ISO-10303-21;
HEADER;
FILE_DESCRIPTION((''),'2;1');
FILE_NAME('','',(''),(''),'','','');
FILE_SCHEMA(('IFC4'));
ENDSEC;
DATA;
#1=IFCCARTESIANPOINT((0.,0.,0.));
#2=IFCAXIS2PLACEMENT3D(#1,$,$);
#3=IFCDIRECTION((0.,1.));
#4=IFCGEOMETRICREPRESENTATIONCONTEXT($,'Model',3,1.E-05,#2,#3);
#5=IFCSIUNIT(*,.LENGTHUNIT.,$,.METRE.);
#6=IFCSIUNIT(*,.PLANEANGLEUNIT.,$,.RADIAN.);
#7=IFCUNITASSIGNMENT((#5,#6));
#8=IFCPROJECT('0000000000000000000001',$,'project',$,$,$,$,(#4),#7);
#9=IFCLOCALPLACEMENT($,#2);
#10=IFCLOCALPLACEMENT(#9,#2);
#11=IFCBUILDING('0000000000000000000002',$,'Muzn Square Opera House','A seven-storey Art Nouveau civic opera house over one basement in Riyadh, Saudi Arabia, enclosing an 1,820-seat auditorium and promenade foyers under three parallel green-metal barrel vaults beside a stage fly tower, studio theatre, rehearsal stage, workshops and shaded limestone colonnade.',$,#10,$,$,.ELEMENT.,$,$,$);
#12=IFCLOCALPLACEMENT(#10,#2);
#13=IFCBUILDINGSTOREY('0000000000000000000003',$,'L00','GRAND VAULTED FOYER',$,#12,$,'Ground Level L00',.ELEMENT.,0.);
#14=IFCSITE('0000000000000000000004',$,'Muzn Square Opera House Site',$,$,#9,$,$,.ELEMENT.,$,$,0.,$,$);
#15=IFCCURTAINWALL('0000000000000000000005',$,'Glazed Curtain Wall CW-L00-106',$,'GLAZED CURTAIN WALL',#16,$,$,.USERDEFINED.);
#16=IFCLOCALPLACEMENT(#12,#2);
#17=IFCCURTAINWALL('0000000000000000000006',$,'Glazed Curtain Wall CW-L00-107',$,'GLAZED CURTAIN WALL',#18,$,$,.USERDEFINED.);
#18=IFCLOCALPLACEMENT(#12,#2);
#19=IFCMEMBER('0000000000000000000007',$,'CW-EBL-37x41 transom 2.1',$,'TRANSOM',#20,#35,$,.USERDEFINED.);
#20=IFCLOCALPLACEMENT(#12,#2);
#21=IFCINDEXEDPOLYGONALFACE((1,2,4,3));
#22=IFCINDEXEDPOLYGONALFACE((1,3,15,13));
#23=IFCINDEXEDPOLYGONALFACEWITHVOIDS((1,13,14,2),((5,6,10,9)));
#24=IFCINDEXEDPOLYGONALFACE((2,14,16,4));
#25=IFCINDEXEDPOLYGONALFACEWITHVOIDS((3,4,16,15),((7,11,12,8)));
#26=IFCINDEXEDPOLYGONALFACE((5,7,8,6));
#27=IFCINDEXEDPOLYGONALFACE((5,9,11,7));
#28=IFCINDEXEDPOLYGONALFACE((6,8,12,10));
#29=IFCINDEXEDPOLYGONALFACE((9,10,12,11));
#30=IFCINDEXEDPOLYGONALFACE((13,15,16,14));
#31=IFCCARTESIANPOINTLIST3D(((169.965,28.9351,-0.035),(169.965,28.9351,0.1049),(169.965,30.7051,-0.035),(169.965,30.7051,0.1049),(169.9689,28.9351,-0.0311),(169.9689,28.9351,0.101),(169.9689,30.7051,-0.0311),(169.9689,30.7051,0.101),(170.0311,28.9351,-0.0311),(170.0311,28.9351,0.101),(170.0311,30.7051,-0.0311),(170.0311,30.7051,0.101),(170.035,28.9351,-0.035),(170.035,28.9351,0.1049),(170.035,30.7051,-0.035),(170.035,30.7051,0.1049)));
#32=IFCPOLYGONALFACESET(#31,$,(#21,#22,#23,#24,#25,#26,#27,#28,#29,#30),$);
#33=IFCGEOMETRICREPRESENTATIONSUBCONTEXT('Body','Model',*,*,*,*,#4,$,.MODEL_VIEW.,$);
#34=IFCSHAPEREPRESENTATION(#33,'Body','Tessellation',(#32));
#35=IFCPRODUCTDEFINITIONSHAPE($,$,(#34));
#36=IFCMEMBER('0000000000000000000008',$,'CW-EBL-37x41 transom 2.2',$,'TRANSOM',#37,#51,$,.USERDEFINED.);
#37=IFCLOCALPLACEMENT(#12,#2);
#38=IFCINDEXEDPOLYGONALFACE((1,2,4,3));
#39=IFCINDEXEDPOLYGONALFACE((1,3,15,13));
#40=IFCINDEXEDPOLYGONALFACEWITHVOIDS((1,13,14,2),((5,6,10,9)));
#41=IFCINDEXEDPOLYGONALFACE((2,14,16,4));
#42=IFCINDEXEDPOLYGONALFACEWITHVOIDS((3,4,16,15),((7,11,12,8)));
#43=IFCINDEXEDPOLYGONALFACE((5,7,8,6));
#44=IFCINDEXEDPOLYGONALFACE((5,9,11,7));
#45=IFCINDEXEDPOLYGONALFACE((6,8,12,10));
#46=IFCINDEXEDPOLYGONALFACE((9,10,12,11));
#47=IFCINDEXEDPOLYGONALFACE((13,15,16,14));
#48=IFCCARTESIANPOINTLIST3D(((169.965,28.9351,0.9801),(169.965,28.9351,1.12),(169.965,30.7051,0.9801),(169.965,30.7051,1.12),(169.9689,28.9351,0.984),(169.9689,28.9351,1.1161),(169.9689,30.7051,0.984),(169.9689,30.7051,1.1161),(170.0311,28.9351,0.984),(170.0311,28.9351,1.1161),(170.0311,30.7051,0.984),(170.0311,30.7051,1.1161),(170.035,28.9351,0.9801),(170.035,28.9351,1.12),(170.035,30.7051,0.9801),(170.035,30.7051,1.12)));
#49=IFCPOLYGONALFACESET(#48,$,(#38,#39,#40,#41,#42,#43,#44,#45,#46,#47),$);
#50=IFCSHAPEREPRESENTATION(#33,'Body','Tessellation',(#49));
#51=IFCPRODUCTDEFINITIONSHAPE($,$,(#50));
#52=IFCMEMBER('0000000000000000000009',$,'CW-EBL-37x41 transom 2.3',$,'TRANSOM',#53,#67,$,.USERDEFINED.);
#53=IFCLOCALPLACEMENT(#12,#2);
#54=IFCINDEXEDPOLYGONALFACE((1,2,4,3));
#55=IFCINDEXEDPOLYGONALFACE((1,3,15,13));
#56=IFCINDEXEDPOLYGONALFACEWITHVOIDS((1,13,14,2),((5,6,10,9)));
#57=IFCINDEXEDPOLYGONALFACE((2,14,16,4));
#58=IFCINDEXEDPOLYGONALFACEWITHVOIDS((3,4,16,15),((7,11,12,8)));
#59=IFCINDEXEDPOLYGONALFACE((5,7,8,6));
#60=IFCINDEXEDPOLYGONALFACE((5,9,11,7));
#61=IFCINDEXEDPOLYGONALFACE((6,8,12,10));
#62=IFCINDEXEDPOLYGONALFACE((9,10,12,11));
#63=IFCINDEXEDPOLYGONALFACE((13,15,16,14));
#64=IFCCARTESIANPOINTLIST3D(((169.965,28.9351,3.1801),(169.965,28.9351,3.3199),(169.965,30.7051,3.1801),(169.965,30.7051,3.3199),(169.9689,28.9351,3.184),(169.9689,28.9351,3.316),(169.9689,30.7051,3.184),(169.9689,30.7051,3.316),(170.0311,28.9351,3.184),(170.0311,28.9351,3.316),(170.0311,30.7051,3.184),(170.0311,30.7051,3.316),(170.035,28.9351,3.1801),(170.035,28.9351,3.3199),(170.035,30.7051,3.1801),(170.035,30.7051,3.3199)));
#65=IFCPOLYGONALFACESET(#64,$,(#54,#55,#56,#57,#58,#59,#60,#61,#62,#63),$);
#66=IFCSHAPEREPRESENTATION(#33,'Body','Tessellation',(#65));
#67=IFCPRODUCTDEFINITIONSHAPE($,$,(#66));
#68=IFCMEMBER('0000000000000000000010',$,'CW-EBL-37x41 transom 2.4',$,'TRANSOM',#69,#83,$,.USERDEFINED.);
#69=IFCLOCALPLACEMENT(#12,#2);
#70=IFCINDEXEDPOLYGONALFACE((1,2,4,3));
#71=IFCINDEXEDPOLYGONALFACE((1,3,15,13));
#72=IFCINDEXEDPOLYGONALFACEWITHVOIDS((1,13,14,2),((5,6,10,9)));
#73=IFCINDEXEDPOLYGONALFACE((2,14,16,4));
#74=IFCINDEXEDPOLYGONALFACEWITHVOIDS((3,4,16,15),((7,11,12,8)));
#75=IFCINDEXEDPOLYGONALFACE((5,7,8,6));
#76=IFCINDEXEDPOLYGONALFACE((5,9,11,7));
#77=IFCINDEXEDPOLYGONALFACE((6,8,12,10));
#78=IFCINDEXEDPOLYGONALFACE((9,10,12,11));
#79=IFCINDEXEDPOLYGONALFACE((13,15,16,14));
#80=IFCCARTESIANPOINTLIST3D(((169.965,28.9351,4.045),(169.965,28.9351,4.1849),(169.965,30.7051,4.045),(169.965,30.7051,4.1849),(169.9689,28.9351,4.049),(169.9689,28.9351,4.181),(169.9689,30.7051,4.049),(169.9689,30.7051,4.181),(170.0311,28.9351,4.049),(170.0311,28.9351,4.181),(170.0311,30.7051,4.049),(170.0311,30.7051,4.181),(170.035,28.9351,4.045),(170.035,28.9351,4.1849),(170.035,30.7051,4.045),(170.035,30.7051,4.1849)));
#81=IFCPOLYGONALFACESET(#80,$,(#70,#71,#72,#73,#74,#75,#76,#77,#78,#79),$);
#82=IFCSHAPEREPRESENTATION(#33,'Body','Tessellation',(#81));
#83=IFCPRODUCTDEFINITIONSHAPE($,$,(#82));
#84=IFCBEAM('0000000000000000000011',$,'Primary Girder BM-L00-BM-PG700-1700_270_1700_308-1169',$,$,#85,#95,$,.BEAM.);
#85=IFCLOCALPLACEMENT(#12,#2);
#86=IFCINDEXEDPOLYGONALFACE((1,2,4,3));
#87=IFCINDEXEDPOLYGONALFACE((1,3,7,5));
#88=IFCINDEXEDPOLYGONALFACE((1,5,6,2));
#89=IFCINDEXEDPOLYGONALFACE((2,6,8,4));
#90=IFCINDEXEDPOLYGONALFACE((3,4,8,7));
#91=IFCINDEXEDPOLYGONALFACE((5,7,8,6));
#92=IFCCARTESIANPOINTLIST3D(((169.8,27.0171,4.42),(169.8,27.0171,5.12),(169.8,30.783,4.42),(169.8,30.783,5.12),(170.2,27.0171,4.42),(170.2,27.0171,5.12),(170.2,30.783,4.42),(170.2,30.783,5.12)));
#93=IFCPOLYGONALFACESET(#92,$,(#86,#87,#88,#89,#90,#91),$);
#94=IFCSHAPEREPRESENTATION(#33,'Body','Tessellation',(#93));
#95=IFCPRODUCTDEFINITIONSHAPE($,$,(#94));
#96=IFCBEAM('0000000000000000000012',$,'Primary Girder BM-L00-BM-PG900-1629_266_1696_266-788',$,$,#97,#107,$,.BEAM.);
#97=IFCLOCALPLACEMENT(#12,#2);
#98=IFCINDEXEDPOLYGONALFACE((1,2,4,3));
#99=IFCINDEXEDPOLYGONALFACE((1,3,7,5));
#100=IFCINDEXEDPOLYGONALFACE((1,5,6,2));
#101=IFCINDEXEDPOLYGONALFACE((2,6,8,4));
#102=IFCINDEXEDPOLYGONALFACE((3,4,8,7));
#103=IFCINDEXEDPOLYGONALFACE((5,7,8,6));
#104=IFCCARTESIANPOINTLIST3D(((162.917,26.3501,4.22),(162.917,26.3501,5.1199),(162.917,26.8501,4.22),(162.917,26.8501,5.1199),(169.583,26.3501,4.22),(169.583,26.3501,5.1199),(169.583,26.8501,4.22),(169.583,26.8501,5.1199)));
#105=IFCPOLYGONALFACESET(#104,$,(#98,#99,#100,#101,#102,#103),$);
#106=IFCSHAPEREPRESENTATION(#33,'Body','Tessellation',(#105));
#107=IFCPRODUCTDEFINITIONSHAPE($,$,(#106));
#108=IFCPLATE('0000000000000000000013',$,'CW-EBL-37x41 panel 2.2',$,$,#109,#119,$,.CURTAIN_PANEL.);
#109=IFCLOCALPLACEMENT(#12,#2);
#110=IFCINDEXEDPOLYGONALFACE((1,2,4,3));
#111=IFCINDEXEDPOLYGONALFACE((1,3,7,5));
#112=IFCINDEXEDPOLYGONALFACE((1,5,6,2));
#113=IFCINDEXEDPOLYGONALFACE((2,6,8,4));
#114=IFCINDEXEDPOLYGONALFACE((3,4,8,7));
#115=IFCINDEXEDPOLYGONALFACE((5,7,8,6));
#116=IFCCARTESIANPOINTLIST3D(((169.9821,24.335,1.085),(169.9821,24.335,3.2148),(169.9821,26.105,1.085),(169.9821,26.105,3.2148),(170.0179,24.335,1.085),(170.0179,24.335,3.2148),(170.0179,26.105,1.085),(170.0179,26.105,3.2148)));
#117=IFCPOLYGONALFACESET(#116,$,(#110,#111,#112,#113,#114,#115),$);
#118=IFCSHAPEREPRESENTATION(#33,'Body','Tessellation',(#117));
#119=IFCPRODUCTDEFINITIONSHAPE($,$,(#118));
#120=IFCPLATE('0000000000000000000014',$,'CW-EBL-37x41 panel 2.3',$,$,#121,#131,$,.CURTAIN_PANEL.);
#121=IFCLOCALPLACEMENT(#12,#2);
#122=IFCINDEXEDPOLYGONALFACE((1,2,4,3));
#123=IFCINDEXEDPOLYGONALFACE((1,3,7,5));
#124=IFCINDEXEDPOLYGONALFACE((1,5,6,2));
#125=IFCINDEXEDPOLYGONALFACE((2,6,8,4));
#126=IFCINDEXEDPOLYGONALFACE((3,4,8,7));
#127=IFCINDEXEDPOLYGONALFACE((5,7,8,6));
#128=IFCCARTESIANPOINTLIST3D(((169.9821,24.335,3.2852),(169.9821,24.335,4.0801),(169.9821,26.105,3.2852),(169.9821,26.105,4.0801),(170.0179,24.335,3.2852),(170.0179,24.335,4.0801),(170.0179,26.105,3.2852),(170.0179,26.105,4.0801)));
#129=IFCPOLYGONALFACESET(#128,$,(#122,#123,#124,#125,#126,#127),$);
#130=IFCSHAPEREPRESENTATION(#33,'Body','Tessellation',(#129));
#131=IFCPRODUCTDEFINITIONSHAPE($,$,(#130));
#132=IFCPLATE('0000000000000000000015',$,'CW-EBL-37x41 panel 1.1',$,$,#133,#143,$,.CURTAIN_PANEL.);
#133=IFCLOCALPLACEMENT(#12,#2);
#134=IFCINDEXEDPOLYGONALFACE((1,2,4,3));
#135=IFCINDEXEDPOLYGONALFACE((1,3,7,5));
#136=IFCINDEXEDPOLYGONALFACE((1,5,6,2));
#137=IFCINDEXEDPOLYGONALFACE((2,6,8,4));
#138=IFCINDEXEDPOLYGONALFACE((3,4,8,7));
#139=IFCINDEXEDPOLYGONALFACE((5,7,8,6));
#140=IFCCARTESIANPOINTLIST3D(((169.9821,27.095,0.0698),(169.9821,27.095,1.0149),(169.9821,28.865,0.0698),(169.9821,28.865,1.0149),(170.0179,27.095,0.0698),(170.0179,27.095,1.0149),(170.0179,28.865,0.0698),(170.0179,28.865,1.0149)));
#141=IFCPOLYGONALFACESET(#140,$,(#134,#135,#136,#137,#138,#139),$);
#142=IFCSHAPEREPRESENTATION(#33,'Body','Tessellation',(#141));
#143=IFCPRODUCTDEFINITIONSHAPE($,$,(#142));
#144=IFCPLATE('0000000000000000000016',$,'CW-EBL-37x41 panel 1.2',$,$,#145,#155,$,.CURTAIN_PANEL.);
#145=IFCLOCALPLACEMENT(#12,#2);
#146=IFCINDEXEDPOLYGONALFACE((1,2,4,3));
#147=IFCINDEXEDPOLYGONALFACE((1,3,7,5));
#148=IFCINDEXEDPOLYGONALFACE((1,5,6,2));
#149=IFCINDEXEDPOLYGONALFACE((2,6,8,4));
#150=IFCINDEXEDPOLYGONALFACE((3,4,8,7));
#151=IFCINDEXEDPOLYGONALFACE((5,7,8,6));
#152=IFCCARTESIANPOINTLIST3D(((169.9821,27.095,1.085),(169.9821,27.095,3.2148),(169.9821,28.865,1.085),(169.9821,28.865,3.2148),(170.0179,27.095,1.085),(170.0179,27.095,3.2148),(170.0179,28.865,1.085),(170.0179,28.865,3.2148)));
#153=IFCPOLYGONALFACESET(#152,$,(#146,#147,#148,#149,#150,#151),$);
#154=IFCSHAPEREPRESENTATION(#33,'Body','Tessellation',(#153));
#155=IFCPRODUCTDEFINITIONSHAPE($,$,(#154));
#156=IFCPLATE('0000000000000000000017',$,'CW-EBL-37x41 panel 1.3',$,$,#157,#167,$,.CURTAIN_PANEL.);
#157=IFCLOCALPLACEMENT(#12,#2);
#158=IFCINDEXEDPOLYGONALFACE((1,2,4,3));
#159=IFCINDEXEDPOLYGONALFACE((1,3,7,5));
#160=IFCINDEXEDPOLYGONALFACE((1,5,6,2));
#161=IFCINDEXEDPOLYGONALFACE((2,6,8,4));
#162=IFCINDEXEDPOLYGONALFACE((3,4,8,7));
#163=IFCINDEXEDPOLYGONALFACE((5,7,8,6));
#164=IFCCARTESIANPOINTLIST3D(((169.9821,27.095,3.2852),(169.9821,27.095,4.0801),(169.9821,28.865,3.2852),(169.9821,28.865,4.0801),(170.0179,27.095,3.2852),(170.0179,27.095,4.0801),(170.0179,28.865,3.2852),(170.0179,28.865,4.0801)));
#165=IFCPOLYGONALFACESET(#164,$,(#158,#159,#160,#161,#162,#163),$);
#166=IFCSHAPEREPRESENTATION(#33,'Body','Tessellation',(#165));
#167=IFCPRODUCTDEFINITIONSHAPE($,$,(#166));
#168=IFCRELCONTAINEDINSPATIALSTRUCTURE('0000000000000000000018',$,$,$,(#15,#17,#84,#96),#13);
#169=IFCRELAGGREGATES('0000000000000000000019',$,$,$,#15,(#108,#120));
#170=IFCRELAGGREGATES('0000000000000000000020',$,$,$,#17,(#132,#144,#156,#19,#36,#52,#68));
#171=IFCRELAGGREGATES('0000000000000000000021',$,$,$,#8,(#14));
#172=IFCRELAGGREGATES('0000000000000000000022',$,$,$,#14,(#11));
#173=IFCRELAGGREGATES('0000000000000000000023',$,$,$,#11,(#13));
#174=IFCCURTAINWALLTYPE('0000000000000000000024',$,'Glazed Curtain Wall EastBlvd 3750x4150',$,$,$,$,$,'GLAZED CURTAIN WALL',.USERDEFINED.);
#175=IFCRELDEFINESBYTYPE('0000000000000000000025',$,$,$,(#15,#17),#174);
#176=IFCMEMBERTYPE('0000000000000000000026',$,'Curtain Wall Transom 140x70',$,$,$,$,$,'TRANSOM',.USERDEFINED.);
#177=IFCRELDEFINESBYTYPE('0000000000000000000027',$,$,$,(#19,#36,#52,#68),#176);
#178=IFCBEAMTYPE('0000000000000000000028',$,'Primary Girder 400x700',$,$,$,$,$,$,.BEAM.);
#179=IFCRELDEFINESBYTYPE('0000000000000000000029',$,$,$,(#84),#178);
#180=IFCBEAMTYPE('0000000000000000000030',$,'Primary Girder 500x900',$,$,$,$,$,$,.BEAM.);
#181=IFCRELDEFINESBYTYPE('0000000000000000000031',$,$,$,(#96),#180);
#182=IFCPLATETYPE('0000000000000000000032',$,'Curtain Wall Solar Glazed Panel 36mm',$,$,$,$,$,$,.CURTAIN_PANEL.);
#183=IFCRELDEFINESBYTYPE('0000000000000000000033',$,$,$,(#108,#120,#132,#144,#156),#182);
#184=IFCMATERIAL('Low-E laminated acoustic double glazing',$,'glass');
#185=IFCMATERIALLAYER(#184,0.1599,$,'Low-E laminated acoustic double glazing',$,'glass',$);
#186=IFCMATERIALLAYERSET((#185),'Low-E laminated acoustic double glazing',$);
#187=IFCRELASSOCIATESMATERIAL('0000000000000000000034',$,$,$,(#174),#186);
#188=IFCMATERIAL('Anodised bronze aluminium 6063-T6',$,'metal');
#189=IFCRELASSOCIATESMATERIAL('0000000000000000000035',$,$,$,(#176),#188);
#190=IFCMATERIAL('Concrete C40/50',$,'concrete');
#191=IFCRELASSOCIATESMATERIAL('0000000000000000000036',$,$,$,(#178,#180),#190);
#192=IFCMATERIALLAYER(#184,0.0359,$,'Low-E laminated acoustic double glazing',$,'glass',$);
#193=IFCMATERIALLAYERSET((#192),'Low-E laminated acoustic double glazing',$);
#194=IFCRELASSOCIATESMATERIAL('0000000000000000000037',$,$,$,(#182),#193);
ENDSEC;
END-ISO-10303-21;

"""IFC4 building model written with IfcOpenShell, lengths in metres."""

from ifc_helpers import new_model, si_unit, direction, frame, origin, origin_2d, place, context, subcontext, project, spatial, rectangle, hollow_rectangle, extrude, material, layer, layer_set, material_profile, profile_set, type_object, element, aggregate, save


model = new_model("IFC4")

# Units and contexts
model_context = context("Model", 3, precision=1e-05, world=origin(), true_north=direction((0.0, 1.0)))
body_context = subcontext(model_context, "Body", "Model", "MODEL_VIEW")
ifc_project = project(units=[si_unit("LENGTHUNIT", "METRE"), si_unit("PLANEANGLEUNIT", "RADIAN")], contexts=[model_context])

# Site, building, storey
site_placement = place(None, origin())
site = spatial("IfcSite", under=ifc_project, at=site_placement, Name="Muzn Square Opera House Site", CompositionType="ELEMENT", RefElevation=0.0)
building_placement = place(site_placement, origin())
building = spatial("IfcBuilding", under=site, at=building_placement, Name="Muzn Square Opera House", Description="A seven-storey Art Nouveau civic opera house over one basement in Riyadh, Saudi Arabia, enclosing an 1,820-seat auditorium and promenade foyers under three parallel green-metal barrel vaults beside a stage fly tower, studio theatre, rehearsal stage, workshops and shaded limestone colonnade.", CompositionType="ELEMENT")
storey_placement = place(building_placement, origin())
storey = spatial("IfcBuildingStorey", under=building, at=storey_placement, Name="L00", Description="GRAND VAULTED FOYER", LongName="Ground Level L00", CompositionType="ELEMENT", Elevation=0.0)

# Curtain wall
ifc_material_1 = material(Name="Low-E laminated acoustic double glazing", Category="glass")
ifc_layer_1 = layer(ifc_material_1, 0.1599, Name="Low-E laminated acoustic double glazing", Category="glass")
ifc_layer_set_1 = layer_set([ifc_layer_1], Name="Low-E laminated acoustic double glazing")
curtain_wall_type = type_object("IfcCurtainWallType", Name="Glazed Curtain Wall EastBlvd 3750x4150", ElementType="GLAZED CURTAIN WALL", PredefinedType="USERDEFINED", material=ifc_layer_set_1)
curtain_wall_1_placement = place(storey_placement, origin())
curtain_wall_1 = element("IfcCurtainWall", 1, at=curtain_wall_1_placement, inside=storey, type_object=curtain_wall_type, Name="Glazed Curtain Wall CW-L00-106", ObjectType="GLAZED CURTAIN WALL", PredefinedType="USERDEFINED")
ifc_material_2 = material(Name="Anodised bronze aluminium 6063-T6", Category="metal")

# Curtain wall, members
curtain_wall_2_placement = place(storey_placement, origin())
curtain_wall_2 = element("IfcCurtainWall", 2, at=curtain_wall_2_placement, inside=storey, type_object=curtain_wall_type, Name="Glazed Curtain Wall CW-L00-107", ObjectType="GLAZED CURTAIN WALL", PredefinedType="USERDEFINED")
ifc_material_profile_1 = material_profile(ifc_material_2, hollow_rectangle(XDim=0.0701, YDim=0.1399, WallThickness=0.0039, at=origin_2d()), Name="ALU 140x70x4", Category="metal")
ifc_profile_set_1 = profile_set([ifc_material_profile_1], Name="Anodised bronze aluminium 6063-T6")
member_type_1 = type_object("IfcMemberType", Name="Curtain Wall Transom 140x70", ElementType="TRANSOM", PredefinedType="USERDEFINED", material=ifc_profile_set_1)
member_1_placement = place(storey_placement, frame((170.0, 28.9351, 0.0349), z_axis=(0.0, 1.0, 0.0), x_axis=(-1.0, 0.0, 0.0)))
member_1 = element("IfcMember", 3, at=member_1_placement, type_object=member_type_1, Name="CW-EBL-37x41 transom 2.1", ObjectType="TRANSOM", PredefinedType="USERDEFINED", context=body_context, shape_type="SweptSolid", body=[
    extrude(hollow_rectangle(XDim=0.0701, YDim=0.1399, WallThickness=0.0039, at=origin_2d()), origin(), (0.0, 0.0, 1.0), 1.77),
])
member_2_placement = place(storey_placement, frame((170.0, 28.9351, 1.05), z_axis=(0.0, 1.0, 0.0), x_axis=(-1.0, 0.0, 0.0)))
member_2 = element("IfcMember", 4, at=member_2_placement, type_object=member_type_1, Name="CW-EBL-37x41 transom 2.2", ObjectType="TRANSOM", PredefinedType="USERDEFINED", context=body_context, shape_type="SweptSolid", body=[
    extrude(hollow_rectangle(XDim=0.0701, YDim=0.1399, WallThickness=0.0039, at=origin_2d()), origin(), (0.0, 0.0, 1.0), 1.77),
])
member_3_placement = place(storey_placement, frame((170.0, 28.9351, 3.25), z_axis=(0.0, 1.0, 0.0), x_axis=(-1.0, 0.0, 0.0)))
member_3 = element("IfcMember", 5, at=member_3_placement, type_object=member_type_1, Name="CW-EBL-37x41 transom 2.3", ObjectType="TRANSOM", PredefinedType="USERDEFINED", context=body_context, shape_type="SweptSolid", body=[
    extrude(hollow_rectangle(XDim=0.0701, YDim=0.1399, WallThickness=0.0039, at=origin_2d()), origin(), (0.0, 0.0, 1.0), 1.77),
])
member_4_placement = place(storey_placement, frame((170.0, 28.9351, 4.115), z_axis=(0.0, 1.0, 0.0), x_axis=(-1.0, 0.0, 0.0)))
member_4 = element("IfcMember", 6, at=member_4_placement, type_object=member_type_1, Name="CW-EBL-37x41 transom 2.4", ObjectType="TRANSOM", PredefinedType="USERDEFINED", context=body_context, shape_type="SweptSolid", body=[
    extrude(hollow_rectangle(XDim=0.0701, YDim=0.1399, WallThickness=0.0039, at=origin_2d()), origin(), (0.0, 0.0, 1.0), 1.77),
])

# Beams
ifc_material_3 = material(Name="Concrete C40/50", Category="concrete")
ifc_material_profile_2 = material_profile(ifc_material_3, rectangle(XDim=0.3999, YDim=0.7, at=origin_2d()), Name="RCB 400x700", Category="concrete")
ifc_profile_set_2 = profile_set([ifc_material_profile_2], Name="Concrete C40/50")
beam_type_1 = type_object("IfcBeamType", Name="Primary Girder 400x700", PredefinedType="BEAM", material=ifc_profile_set_2)
beam_1_placement = place(storey_placement, frame((170.0, 27.0171, 4.77), z_axis=(0.0, 1.0, 0.0), x_axis=(-1.0, 0.0, 0.0)))
element("IfcBeam", 7, at=beam_1_placement, inside=storey, type_object=beam_type_1, Name="Primary Girder BM-L00-BM-PG700-1700_270_1700_308-1169", PredefinedType="BEAM", context=body_context, shape_type="SweptSolid", body=[
    extrude(rectangle(XDim=0.3999, YDim=0.7, at=origin_2d()), origin(), (0.0, 0.0, 1.0), 3.7659),
])
ifc_material_profile_3 = material_profile(ifc_material_3, rectangle(XDim=0.5, YDim=0.8999, at=origin_2d()), Name="RCB 500x900", Category="concrete")
ifc_profile_set_3 = profile_set([ifc_material_profile_3], Name="Concrete C40/50")
beam_type_2 = type_object("IfcBeamType", Name="Primary Girder 500x900", PredefinedType="BEAM", material=ifc_profile_set_3)
beam_2_placement = place(storey_placement, frame((162.917, 26.6001, 4.6699), z_axis=(1.0, 0.0, 0.0), x_axis=(0.0, 1.0, 0.0)))
element("IfcBeam", 8, at=beam_2_placement, inside=storey, type_object=beam_type_2, Name="Primary Girder BM-L00-BM-PG900-1629_266_1696_266-788", PredefinedType="BEAM", context=body_context, shape_type="SweptSolid", body=[
    extrude(rectangle(XDim=0.5, YDim=0.8999, at=origin_2d()), origin(), (0.0, 0.0, 1.0), 6.666),
])

# Plates
ifc_layer_2 = layer(ifc_material_1, 0.0359, Name="Low-E laminated acoustic double glazing", Category="glass")
ifc_layer_set_2 = layer_set([ifc_layer_2], Name="Low-E laminated acoustic double glazing")
plate_type = type_object("IfcPlateType", Name="Curtain Wall Solar Glazed Panel 36mm", PredefinedType="CURTAIN_PANEL", material=ifc_layer_set_2)
plate_1_placement = place(storey_placement, frame((170.0, 25.22, 1.085), z_axis=(0.0, 0.0, 1.0), x_axis=(0.0, 1.0, 0.0)))
plate_1 = element("IfcPlate", 9, at=plate_1_placement, type_object=plate_type, Name="CW-EBL-37x41 panel 2.2", PredefinedType="CURTAIN_PANEL", context=body_context, shape_type="SweptSolid", body=[
    extrude(rectangle(XDim=1.77, YDim=0.0359, at=origin_2d()), origin(), (0.0, 0.0, 1.0), 2.1299),
])
plate_2_placement = place(storey_placement, frame((170.0, 25.22, 3.2852), z_axis=(0.0, 0.0, 1.0), x_axis=(0.0, 1.0, 0.0)))
plate_2 = element("IfcPlate", 10, at=plate_2_placement, type_object=plate_type, Name="CW-EBL-37x41 panel 2.3", PredefinedType="CURTAIN_PANEL", context=body_context, shape_type="SweptSolid", body=[
    extrude(rectangle(XDim=1.77, YDim=0.0359, at=origin_2d()), origin(), (0.0, 0.0, 1.0), 0.7949),
])
aggregate(curtain_wall_1, [plate_1, plate_2])
plate_3_placement = place(storey_placement, frame((170.0, 27.98, 0.0698), z_axis=(0.0, 0.0, 1.0), x_axis=(0.0, 1.0, 0.0)))
plate_3 = element("IfcPlate", 11, at=plate_3_placement, type_object=plate_type, Name="CW-EBL-37x41 panel 1.1", PredefinedType="CURTAIN_PANEL", context=body_context, shape_type="SweptSolid", body=[
    extrude(rectangle(XDim=1.77, YDim=0.0359, at=origin_2d()), origin(), (0.0, 0.0, 1.0), 0.9451),
])
plate_4_placement = place(storey_placement, frame((170.0, 27.98, 1.085), z_axis=(0.0, 0.0, 1.0), x_axis=(0.0, 1.0, 0.0)))
plate_4 = element("IfcPlate", 12, at=plate_4_placement, type_object=plate_type, Name="CW-EBL-37x41 panel 1.2", PredefinedType="CURTAIN_PANEL", context=body_context, shape_type="SweptSolid", body=[
    extrude(rectangle(XDim=1.77, YDim=0.0359, at=origin_2d()), origin(), (0.0, 0.0, 1.0), 2.1299),
])
plate_5_placement = place(storey_placement, frame((170.0, 27.98, 3.2852), z_axis=(0.0, 0.0, 1.0), x_axis=(0.0, 1.0, 0.0)))
plate_5 = element("IfcPlate", 13, at=plate_5_placement, type_object=plate_type, Name="CW-EBL-37x41 panel 1.3", PredefinedType="CURTAIN_PANEL", context=body_context, shape_type="SweptSolid", body=[
    extrude(rectangle(XDim=1.77, YDim=0.0359, at=origin_2d()), origin(), (0.0, 0.0, 1.0), 0.7949),
])
aggregate(curtain_wall_2, [plate_3, plate_4, plate_5, member_1, member_2, member_3, member_4])

save(model, "model.ifc")
